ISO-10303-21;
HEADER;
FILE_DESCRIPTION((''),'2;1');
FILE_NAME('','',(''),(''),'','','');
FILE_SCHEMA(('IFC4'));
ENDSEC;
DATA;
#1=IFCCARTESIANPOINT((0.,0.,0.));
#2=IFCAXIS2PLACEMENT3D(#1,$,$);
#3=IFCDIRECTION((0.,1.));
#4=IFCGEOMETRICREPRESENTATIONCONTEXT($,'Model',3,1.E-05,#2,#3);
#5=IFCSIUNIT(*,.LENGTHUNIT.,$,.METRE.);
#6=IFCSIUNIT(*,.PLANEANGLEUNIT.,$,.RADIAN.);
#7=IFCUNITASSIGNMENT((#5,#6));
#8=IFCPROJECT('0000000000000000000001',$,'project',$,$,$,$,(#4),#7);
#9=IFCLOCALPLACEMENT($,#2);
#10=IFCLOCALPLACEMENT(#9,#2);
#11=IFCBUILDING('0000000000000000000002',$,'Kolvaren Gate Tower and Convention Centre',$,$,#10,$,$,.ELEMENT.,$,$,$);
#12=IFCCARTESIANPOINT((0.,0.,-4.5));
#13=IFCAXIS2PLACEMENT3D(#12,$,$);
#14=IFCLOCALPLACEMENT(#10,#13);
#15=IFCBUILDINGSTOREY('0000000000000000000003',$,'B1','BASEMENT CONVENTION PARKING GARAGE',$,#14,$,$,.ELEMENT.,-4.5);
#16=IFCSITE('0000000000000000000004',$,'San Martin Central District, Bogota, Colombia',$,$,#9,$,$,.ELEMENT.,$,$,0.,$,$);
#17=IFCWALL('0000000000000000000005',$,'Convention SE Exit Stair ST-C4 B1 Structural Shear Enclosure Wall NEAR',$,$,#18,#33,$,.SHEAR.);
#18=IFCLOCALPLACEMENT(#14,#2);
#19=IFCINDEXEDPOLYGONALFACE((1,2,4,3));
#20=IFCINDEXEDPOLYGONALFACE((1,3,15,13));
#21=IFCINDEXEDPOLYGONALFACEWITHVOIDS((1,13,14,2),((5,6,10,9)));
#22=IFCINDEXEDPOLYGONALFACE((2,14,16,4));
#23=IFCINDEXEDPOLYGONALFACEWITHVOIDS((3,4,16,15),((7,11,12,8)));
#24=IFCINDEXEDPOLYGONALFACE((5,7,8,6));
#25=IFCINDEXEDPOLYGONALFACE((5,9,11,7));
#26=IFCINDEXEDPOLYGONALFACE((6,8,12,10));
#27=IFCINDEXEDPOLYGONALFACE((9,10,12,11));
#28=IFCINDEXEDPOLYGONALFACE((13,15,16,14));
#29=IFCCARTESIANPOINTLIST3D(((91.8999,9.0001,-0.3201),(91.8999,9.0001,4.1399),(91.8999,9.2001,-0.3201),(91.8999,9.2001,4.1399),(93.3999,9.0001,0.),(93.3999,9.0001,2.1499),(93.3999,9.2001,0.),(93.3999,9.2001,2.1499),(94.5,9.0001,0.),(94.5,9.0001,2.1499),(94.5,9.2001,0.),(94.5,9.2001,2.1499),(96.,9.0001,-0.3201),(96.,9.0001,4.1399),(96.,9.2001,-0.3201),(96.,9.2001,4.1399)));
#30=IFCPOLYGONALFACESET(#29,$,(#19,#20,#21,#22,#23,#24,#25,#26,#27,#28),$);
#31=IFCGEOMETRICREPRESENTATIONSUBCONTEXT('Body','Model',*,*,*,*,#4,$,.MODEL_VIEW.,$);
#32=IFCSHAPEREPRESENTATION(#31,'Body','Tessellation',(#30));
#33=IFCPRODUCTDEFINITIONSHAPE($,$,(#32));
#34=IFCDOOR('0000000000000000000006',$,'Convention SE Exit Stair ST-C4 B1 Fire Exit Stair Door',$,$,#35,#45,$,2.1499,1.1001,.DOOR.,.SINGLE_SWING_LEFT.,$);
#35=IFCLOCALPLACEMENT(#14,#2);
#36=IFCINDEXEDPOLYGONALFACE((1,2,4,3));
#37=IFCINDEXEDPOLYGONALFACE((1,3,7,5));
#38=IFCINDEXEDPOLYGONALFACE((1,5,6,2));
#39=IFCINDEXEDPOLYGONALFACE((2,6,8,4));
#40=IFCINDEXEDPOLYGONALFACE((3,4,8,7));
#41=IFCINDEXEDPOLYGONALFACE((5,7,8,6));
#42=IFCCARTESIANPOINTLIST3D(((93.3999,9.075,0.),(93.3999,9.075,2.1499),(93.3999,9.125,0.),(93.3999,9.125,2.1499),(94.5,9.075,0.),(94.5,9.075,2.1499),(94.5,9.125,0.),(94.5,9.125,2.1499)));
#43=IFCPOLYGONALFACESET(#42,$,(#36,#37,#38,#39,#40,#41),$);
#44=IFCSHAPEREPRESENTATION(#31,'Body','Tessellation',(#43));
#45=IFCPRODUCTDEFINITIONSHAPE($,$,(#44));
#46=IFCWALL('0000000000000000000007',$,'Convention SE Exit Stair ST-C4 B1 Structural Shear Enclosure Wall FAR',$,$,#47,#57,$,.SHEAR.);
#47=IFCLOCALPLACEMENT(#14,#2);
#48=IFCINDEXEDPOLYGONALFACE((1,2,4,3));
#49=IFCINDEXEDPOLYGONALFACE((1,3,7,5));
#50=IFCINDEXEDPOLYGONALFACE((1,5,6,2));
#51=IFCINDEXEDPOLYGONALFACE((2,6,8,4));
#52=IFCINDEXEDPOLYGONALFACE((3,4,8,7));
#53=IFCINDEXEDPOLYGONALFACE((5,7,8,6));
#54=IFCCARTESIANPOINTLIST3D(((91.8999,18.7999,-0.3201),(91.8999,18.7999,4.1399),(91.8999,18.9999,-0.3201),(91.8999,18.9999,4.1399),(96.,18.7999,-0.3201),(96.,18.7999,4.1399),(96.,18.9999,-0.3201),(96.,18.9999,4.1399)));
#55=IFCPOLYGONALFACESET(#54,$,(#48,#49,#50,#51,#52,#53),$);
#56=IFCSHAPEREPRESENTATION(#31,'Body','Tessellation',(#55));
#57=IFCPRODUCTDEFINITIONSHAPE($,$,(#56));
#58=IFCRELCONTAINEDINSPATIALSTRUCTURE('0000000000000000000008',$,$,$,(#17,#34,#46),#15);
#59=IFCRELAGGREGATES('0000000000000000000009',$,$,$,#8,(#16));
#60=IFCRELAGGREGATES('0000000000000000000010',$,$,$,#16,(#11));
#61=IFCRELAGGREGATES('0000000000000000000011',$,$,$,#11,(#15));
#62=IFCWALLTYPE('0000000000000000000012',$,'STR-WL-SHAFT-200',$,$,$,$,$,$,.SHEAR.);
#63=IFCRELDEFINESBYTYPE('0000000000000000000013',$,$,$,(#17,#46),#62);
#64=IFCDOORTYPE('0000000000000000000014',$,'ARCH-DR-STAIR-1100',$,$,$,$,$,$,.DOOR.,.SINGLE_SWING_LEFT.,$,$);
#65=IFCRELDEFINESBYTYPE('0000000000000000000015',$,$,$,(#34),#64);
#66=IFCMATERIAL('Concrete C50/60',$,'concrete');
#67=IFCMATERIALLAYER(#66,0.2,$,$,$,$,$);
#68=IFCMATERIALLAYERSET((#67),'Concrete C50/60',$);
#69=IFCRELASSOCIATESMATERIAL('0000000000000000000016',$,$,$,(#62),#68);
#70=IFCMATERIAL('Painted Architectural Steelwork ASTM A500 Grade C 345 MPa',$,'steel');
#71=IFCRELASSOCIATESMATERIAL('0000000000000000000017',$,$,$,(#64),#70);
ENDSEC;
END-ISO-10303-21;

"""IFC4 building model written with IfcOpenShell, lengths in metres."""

from ifc_helpers import new_model, si_unit, direction, frame, frame_2d, origin, place, context, subcontext, project, spatial, rectangle, extrude, material, layer, layer_set, type_object, element, fill, save


model = new_model("IFC4")

# Units and contexts
model_context = context("Model", 3, precision=1e-05, world=origin(), true_north=direction((0.0, 1.0)))
body_context = subcontext(model_context, "Body", "Model", "MODEL_VIEW")
ifc_project = project(units=[si_unit("LENGTHUNIT", "METRE"), si_unit("PLANEANGLEUNIT", "RADIAN")], contexts=[model_context])

# Site, building, storey
site_placement = place(None, origin())
site = spatial("IfcSite", under=ifc_project, at=site_placement, Name="San Martin Central District, Bogota, Colombia", CompositionType="ELEMENT", RefElevation=0.0)
building_placement = place(site_placement, origin())
building = spatial("IfcBuilding", under=site, at=building_placement, Name="Kolvaren Gate Tower and Convention Centre", CompositionType="ELEMENT")
storey_placement = place(building_placement, frame((0.0, 0.0, -4.5)))
storey = spatial("IfcBuildingStorey", under=building, at=storey_placement, Name="B1", Description="BASEMENT CONVENTION PARKING GARAGE", CompositionType="ELEMENT", Elevation=-4.5)

# Shared definitions
ifc_material_1 = material(Name="Concrete C50/60", Category="concrete")

# Shared definitions
ifc_layer_1 = layer(ifc_material_1, 0.2)
ifc_layer_set_1 = layer_set([ifc_layer_1], Name="Concrete C50/60")
wall_type_1 = type_object("IfcWallType", Name="STR-WL-SHAFT-200", PredefinedType="SHEAR", material=ifc_layer_set_1)

# Wall, opening, door
wall_1_placement = place(storey_placement, frame((91.8999, 9.1001, -0.3201), z_axis=(0.0, 0.0, 1.0), x_axis=(1.0, 0.0, 0.0)))
wall_1 = element("IfcWall", 1, at=wall_1_placement, inside=storey, type_object=wall_type_1, Name="Convention SE Exit Stair ST-C4 B1 Structural Shear Enclosure Wall NEAR", PredefinedType="SHEAR", context=body_context, shape_type="SweptSolid", body=[
    extrude(rectangle(XDim=4.1001, YDim=0.2, at=frame_2d((2.05, 0.0))), origin(), (0.0, 0.0, 1.0), 4.46),
])
opening_placement = place(wall_1_placement, frame((1.5, 0.0, 0.3201)))
opening = element("IfcOpeningElement", 2, at=opening_placement, cuts=wall_1, PredefinedType="OPENING", context=body_context, shape_type="SweptSolid", body=[
    extrude(rectangle(XDim=1.1001, YDim=2.1499, at=frame_2d((0.55, 1.075))), frame((0.0, 0.1099, 0.0), z_axis=(0.0, -1.0, 0.0), x_axis=(1.0, 0.0, 0.0)), (0.0, 0.0, 1.0), 0.22),
])
ifc_material_2 = material(Name="Painted Architectural Steelwork ASTM A500 Grade C 345 MPa", Category="steel")
door_type = type_object("IfcDoorType", Name="ARCH-DR-STAIR-1100", OperationType="SINGLE_SWING_LEFT", PredefinedType="DOOR", material=ifc_material_2)
door_placement = place(opening_placement, origin())
door = element("IfcDoor", 3, at=door_placement, inside=storey, type_object=door_type, Name="Convention SE Exit Stair ST-C4 B1 Fire Exit Stair Door", OperationType="SINGLE_SWING_LEFT", OverallHeight=2.1499, OverallWidth=1.1001, PredefinedType="DOOR", context=body_context, shape_type="SweptSolid", body=[
    extrude(rectangle(XDim=1.1001, YDim=2.1499, at=frame_2d((0.55, 1.075))), frame((0.0, 0.0249, 0.0), z_axis=(0.0, -1.0, 0.0), x_axis=(1.0, 0.0, 0.0)), (0.0, 0.0, 1.0), 0.05),
])
fill(opening, door)

# Wall
wall_2_placement = place(storey_placement, frame((91.8999, 18.8999, -0.3201), z_axis=(0.0, 0.0, 1.0), x_axis=(1.0, 0.0, 0.0)))
element("IfcWall", 4, at=wall_2_placement, inside=storey, type_object=wall_type_1, Name="Convention SE Exit Stair ST-C4 B1 Structural Shear Enclosure Wall FAR", PredefinedType="SHEAR", context=body_context, shape_type="SweptSolid", body=[
    extrude(rectangle(XDim=4.1001, YDim=0.2, at=frame_2d((2.05, 0.0))), origin(), (0.0, 0.0, 1.0), 4.46),
])

save(model, "model.ifc")
